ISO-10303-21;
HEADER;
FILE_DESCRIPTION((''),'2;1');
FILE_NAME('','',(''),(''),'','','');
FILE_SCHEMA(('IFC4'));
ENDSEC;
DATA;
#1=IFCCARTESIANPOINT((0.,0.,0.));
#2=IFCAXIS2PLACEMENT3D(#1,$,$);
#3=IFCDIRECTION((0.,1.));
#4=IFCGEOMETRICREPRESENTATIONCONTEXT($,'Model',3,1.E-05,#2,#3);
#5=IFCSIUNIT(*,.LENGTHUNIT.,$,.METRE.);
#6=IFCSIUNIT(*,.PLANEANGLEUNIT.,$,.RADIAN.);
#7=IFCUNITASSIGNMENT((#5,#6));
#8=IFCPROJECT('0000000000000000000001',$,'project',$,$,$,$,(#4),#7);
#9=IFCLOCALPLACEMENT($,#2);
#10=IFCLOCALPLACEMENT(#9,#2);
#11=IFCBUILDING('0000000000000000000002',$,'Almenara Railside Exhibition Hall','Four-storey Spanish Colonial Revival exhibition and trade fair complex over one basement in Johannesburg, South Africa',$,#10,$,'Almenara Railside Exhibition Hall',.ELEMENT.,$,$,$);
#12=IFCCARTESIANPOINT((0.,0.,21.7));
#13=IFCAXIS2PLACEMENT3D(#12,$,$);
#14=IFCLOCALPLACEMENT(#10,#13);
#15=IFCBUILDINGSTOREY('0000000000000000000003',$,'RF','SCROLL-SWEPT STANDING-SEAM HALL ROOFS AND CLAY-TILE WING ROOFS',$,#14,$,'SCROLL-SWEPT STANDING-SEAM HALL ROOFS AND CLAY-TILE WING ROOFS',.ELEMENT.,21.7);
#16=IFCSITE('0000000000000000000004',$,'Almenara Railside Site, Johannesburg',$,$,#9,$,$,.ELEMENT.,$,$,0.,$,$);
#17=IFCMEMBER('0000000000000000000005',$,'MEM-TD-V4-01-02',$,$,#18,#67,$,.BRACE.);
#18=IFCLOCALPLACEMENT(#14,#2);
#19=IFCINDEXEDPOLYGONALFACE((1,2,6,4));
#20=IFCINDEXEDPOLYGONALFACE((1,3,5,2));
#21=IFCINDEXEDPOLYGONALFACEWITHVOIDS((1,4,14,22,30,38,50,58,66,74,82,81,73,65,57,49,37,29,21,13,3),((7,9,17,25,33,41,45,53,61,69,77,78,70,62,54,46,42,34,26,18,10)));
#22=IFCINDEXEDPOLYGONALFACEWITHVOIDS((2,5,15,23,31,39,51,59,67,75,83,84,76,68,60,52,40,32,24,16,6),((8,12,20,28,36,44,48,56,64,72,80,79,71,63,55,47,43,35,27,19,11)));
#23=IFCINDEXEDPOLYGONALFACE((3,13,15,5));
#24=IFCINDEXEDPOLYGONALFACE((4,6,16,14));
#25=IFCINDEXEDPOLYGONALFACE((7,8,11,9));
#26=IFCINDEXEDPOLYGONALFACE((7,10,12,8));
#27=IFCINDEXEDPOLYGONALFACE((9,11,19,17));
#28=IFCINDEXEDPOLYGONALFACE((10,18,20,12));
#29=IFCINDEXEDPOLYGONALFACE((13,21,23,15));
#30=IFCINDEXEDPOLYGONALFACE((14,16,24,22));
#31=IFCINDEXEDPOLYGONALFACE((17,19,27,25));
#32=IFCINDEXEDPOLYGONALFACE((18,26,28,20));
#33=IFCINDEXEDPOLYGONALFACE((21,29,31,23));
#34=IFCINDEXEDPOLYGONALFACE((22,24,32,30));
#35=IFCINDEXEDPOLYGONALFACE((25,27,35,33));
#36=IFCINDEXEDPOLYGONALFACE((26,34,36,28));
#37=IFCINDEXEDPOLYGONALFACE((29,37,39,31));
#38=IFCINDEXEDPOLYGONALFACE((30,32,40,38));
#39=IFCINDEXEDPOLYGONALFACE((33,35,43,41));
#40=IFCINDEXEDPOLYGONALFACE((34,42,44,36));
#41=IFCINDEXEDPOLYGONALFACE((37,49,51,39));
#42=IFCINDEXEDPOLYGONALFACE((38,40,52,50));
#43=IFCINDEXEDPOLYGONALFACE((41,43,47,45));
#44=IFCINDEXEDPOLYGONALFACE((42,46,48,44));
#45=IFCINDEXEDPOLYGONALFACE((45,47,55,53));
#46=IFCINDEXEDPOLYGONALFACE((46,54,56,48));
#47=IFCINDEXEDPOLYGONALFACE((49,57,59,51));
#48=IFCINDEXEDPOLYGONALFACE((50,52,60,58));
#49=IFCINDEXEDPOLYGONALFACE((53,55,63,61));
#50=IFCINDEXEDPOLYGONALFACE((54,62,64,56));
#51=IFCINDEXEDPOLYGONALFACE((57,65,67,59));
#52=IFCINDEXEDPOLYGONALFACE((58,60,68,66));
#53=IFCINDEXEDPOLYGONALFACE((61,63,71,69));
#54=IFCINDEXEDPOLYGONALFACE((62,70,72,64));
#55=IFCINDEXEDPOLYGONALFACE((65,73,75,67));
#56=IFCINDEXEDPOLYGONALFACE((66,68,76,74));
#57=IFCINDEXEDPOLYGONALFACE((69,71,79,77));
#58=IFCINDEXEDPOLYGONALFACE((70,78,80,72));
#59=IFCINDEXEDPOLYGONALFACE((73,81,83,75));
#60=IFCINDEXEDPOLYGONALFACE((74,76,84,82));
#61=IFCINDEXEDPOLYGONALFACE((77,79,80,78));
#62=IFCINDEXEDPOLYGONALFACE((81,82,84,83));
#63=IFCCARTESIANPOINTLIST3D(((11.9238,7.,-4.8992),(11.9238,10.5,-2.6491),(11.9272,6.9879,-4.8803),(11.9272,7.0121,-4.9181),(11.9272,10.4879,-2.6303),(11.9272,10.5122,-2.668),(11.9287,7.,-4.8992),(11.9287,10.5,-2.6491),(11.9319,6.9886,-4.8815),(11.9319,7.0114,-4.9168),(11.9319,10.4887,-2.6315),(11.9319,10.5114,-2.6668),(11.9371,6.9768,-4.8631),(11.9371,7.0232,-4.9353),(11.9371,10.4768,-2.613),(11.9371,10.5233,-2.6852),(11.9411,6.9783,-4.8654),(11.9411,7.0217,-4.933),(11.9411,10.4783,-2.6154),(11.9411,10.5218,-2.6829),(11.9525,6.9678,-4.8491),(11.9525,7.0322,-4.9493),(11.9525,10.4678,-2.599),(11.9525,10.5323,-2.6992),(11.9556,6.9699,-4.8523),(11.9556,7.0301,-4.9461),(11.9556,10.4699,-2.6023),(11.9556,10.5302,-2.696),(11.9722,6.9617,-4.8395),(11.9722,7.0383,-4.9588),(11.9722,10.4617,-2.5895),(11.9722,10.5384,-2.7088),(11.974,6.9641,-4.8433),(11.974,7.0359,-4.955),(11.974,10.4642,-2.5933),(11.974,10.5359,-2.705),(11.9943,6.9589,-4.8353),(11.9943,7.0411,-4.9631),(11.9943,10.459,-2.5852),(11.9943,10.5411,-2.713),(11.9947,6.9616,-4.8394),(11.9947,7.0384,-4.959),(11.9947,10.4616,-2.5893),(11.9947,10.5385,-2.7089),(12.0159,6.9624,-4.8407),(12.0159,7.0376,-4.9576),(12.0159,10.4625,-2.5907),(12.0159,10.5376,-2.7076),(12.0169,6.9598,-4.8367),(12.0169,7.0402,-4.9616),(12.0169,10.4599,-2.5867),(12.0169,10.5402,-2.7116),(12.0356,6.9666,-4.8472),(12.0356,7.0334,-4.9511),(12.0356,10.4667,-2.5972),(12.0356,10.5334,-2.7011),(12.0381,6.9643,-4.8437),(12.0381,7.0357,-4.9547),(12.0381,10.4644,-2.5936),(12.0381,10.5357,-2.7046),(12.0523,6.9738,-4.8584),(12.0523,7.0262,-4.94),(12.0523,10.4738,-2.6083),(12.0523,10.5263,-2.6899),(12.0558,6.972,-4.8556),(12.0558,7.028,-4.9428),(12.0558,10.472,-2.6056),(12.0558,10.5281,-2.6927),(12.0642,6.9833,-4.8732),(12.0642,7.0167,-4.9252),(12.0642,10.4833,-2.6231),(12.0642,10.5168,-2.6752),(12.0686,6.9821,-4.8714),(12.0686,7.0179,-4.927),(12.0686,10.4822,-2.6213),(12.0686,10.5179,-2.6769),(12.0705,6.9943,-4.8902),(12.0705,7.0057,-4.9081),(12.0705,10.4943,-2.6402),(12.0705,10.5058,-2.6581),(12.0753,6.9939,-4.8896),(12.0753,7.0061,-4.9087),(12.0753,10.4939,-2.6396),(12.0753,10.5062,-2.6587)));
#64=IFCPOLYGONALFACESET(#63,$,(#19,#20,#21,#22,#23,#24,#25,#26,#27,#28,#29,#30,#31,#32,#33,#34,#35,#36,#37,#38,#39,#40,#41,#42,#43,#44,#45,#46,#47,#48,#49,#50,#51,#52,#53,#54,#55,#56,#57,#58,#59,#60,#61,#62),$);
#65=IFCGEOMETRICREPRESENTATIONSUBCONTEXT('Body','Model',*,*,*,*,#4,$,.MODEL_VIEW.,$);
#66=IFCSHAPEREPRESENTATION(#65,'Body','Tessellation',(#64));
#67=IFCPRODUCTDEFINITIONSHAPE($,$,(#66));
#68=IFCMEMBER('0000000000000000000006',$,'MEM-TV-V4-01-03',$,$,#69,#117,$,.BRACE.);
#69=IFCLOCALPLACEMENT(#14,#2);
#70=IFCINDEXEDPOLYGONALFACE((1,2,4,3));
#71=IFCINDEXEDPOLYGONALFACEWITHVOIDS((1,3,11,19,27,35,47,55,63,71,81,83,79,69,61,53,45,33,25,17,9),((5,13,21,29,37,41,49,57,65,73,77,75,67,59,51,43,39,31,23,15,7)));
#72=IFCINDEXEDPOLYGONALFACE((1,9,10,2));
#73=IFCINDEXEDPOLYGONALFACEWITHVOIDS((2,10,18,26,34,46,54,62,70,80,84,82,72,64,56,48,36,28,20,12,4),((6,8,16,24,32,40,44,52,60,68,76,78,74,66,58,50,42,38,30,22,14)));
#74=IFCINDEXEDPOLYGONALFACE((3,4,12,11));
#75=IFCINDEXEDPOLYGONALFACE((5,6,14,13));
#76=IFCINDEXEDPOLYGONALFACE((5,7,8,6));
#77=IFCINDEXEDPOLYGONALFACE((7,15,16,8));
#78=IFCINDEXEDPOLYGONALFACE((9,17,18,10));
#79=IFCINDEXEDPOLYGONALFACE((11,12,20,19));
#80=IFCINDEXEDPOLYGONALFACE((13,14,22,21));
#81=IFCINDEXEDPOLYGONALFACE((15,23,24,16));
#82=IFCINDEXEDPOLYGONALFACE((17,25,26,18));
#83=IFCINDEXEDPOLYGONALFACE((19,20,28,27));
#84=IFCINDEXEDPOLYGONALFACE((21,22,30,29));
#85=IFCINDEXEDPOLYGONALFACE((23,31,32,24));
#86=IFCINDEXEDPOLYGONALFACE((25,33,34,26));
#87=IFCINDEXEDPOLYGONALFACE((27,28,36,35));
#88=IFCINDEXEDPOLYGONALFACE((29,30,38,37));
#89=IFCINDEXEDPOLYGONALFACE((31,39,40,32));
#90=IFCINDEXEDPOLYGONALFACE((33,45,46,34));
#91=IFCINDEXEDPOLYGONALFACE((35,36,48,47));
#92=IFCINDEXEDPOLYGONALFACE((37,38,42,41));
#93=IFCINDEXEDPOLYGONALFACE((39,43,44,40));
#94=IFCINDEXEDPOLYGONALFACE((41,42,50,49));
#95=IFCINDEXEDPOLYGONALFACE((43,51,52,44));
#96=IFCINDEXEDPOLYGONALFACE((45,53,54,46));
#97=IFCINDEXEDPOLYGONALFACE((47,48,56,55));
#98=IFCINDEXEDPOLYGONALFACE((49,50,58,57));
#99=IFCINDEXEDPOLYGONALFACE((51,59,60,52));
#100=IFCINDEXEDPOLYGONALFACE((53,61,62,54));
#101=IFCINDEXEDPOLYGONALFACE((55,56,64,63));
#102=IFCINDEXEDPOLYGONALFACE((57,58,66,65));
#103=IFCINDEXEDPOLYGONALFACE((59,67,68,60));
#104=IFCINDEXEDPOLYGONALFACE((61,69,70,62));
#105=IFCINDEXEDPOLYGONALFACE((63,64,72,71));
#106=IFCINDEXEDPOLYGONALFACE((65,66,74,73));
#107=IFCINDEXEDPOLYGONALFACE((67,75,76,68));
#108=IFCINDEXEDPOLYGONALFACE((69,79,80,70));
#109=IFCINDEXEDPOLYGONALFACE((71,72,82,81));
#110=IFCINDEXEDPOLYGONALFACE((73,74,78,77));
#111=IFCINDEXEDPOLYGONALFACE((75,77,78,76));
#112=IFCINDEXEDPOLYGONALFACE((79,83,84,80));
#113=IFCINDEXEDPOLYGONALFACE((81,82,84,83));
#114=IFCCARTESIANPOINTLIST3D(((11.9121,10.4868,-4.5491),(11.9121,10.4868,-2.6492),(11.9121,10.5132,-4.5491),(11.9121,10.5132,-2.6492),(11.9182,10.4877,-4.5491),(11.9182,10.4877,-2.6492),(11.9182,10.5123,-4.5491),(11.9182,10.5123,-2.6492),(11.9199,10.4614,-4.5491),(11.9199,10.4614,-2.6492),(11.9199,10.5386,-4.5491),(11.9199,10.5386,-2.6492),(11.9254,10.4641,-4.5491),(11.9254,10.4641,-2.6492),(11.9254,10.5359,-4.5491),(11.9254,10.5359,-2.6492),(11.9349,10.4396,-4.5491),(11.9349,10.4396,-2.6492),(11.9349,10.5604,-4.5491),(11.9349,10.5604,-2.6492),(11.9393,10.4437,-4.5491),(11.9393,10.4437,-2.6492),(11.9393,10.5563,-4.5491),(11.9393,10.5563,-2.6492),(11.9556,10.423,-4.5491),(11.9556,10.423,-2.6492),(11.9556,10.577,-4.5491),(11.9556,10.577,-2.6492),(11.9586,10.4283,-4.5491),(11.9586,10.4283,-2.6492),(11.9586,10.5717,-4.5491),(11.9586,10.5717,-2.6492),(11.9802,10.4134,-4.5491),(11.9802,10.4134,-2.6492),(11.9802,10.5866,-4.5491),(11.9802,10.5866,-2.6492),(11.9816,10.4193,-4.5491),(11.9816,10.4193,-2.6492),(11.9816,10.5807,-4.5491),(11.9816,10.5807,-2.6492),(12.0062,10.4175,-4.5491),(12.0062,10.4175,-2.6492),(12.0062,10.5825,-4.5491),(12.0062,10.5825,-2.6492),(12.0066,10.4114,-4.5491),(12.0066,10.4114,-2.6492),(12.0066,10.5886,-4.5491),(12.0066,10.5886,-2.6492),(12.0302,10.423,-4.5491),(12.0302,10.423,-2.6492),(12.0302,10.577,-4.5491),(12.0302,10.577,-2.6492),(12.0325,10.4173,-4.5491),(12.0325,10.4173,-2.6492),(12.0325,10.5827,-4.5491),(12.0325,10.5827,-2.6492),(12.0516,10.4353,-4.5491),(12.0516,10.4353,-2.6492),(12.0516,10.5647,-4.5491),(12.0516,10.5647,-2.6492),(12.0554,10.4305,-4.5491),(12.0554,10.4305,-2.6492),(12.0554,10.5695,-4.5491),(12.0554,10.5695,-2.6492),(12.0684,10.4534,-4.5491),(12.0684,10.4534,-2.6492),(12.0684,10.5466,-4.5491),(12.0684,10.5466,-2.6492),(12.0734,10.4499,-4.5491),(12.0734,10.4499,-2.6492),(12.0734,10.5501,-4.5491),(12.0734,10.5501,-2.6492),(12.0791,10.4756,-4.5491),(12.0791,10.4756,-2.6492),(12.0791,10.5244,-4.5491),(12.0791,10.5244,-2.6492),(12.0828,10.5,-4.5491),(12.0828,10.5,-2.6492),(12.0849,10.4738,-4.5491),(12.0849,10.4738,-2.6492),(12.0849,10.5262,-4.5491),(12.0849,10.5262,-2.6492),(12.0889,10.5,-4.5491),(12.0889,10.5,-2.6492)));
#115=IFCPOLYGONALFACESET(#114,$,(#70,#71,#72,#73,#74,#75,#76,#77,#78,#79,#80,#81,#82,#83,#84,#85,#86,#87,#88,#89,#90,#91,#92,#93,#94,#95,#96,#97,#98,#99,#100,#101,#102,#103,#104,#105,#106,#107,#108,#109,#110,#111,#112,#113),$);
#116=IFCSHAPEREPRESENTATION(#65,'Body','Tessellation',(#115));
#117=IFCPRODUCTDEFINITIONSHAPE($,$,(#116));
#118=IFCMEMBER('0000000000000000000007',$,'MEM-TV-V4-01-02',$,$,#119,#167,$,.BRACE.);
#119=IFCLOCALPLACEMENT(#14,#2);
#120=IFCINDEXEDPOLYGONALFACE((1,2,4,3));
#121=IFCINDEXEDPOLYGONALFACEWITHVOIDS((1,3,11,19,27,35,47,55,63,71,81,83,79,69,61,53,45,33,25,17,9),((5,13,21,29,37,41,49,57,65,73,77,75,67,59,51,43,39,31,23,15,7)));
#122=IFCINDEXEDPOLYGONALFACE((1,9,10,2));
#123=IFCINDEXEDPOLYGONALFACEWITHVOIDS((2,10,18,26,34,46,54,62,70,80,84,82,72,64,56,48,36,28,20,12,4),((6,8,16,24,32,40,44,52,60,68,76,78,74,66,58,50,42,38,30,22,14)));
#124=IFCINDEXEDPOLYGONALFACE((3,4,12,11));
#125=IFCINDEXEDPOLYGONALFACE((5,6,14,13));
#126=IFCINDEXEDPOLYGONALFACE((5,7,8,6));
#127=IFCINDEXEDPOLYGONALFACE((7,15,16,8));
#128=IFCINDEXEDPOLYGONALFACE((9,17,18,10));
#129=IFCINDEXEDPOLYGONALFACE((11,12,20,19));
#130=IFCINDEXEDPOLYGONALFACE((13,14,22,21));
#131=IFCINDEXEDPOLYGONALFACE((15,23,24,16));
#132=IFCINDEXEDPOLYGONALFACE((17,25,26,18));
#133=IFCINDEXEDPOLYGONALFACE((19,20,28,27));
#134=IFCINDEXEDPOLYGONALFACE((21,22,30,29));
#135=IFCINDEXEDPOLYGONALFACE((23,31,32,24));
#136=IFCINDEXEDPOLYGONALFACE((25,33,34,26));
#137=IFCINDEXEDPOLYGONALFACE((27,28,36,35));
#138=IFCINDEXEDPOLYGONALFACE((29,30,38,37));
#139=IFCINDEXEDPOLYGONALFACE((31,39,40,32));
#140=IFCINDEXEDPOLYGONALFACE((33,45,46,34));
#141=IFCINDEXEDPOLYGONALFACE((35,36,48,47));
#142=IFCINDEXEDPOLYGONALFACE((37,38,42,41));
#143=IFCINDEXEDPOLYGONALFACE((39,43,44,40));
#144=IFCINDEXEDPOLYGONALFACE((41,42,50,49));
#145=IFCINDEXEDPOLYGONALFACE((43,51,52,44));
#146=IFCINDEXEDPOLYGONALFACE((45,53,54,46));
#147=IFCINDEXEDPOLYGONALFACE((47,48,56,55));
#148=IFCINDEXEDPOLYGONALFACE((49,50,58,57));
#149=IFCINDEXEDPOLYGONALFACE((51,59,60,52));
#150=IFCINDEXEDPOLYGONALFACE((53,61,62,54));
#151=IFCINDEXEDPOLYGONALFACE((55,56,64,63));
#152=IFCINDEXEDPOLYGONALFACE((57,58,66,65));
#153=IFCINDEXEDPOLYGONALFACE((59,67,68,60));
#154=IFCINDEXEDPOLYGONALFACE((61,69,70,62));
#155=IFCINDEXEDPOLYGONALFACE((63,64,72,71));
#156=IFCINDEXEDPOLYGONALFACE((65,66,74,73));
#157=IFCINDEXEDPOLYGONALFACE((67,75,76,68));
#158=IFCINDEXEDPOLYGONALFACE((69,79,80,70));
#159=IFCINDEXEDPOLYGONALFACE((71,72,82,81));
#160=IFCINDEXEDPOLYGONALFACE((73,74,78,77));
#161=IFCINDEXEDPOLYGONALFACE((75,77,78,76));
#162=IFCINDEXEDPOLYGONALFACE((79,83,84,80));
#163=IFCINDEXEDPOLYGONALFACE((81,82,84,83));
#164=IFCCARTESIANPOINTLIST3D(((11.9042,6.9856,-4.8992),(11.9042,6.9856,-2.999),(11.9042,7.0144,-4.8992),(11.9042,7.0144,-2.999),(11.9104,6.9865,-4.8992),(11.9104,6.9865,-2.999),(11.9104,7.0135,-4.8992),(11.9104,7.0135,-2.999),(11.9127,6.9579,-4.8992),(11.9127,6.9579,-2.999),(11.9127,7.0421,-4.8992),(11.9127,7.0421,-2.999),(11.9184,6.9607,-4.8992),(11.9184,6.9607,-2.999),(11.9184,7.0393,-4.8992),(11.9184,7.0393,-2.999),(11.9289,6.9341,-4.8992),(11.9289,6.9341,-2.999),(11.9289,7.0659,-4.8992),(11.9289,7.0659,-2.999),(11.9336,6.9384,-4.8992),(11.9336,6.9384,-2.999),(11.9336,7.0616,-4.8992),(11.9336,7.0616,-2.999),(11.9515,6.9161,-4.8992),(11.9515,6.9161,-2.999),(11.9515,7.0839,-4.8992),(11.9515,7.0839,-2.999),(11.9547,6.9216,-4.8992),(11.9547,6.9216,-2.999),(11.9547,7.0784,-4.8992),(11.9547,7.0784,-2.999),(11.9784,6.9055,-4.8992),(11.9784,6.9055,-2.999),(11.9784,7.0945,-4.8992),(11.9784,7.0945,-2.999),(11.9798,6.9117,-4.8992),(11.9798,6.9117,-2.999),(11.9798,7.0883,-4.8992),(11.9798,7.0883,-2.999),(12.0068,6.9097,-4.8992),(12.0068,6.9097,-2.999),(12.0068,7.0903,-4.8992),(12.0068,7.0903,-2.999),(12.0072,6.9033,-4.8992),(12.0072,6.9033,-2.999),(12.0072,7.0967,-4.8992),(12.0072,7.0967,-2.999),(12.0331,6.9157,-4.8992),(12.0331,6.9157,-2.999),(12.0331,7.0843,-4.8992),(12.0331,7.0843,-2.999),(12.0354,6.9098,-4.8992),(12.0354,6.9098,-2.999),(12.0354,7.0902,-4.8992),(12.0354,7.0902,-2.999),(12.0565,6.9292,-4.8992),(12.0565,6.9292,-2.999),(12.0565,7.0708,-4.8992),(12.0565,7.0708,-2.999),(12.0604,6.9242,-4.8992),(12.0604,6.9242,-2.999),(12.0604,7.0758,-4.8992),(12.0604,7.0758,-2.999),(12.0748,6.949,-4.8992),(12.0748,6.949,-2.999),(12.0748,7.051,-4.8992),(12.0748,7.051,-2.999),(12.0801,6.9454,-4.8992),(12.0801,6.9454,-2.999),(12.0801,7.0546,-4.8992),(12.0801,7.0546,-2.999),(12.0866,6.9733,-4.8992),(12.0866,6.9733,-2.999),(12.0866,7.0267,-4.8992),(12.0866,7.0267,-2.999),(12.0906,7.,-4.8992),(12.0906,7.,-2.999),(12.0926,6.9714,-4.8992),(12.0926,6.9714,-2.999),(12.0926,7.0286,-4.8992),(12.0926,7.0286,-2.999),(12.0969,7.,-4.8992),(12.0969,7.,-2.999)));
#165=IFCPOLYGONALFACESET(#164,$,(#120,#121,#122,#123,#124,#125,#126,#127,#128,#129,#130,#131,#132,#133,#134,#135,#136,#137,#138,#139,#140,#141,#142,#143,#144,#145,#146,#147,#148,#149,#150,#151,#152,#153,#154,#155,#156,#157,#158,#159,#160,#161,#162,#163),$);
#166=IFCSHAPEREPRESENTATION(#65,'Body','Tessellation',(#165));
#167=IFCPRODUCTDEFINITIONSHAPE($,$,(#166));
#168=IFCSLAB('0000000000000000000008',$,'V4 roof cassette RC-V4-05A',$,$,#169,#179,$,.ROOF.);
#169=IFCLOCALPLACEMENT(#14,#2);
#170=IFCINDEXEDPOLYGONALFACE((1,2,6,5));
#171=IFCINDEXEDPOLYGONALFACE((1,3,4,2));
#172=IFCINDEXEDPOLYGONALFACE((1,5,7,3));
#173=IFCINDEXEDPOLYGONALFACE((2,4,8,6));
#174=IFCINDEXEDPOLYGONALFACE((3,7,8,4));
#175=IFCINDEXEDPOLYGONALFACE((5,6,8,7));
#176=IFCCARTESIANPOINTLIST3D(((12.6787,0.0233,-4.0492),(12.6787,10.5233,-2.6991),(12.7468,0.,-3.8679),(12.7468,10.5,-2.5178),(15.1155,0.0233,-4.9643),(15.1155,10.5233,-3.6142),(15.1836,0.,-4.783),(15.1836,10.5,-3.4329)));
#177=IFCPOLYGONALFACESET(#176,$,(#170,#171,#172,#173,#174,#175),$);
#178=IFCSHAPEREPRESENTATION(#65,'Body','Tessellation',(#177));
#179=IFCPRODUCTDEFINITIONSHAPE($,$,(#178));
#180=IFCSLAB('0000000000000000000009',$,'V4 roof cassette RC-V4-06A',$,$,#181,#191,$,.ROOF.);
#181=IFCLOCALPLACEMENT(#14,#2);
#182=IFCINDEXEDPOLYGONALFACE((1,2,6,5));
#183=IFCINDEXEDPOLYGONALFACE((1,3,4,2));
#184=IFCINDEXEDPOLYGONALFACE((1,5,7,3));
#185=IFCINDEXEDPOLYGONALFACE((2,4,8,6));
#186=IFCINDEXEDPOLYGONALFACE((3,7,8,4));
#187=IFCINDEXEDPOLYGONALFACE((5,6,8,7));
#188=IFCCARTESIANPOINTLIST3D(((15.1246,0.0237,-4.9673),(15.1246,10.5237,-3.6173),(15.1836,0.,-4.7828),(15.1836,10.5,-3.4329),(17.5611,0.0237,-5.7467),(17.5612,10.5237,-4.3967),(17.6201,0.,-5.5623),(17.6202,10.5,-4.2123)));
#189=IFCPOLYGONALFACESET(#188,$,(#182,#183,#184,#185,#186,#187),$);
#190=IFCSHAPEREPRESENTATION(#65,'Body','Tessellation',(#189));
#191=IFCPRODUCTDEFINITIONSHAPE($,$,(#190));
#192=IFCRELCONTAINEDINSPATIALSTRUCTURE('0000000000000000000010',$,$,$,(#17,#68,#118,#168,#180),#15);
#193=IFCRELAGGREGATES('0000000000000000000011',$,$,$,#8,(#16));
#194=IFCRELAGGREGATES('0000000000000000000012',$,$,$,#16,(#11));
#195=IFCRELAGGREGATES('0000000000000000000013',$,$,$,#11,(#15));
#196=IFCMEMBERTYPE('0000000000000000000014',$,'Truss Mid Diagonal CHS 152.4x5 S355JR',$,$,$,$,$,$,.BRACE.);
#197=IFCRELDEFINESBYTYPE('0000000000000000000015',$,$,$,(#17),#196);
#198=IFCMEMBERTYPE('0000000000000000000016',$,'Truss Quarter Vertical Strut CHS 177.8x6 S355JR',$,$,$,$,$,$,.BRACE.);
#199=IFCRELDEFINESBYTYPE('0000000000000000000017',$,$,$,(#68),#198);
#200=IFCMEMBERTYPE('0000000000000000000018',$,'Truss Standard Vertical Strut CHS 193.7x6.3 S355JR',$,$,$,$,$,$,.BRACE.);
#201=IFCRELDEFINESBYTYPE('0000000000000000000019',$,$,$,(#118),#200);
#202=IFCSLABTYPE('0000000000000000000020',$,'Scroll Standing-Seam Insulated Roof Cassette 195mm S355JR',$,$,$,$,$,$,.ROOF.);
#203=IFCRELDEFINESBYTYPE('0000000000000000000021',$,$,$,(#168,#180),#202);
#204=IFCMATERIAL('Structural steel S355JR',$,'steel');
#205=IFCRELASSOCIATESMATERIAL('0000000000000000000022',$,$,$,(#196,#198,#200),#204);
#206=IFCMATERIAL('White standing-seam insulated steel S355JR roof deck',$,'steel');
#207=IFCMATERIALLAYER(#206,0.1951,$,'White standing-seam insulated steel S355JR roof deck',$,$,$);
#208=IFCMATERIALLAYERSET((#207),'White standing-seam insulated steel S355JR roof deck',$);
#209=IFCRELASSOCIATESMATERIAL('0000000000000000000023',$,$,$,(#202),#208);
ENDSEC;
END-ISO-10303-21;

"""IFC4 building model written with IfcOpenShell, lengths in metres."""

from ifc_helpers import new_model, si_unit, direction, frame, origin, origin_2d, place, context, subcontext, project, spatial, polyline, hollow_circle, outline, extrude, material, layer, layer_set, material_profile, profile_set, type_object, element, save


model = new_model("IFC4")

# Units and contexts
model_context = context("Model", 3, precision=1e-05, world=origin(), true_north=direction((0.0, 1.0)))
body_context = subcontext(model_context, "Body", "Model", "MODEL_VIEW")
ifc_project = project(units=[si_unit("LENGTHUNIT", "METRE"), si_unit("PLANEANGLEUNIT", "RADIAN")], contexts=[model_context])

# Site, building, storey
site_placement = place(None, origin())
site = spatial("IfcSite", under=ifc_project, at=site_placement, Name="Almenara Railside Site, Johannesburg", CompositionType="ELEMENT", RefElevation=0.0)
building_placement = place(site_placement, origin())
building = spatial("IfcBuilding", under=site, at=building_placement, Name="Almenara Railside Exhibition Hall", Description="Four-storey Spanish Colonial Revival exhibition and trade fair complex over one basement in Johannesburg, South Africa", LongName="Almenara Railside Exhibition Hall", CompositionType="ELEMENT")
storey_placement = place(building_placement, frame((0.0, 0.0, 21.7)))
storey = spatial("IfcBuildingStorey", under=building, at=storey_placement, Name="RF", Description="SCROLL-SWEPT STANDING-SEAM HALL ROOFS AND CLAY-TILE WING ROOFS", LongName="SCROLL-SWEPT STANDING-SEAM HALL ROOFS AND CLAY-TILE WING ROOFS", CompositionType="ELEMENT", Elevation=21.7)

# Shared definitions
ifc_material_1 = material(Name="Structural steel S355JR", Category="steel")

# Members
ifc_material_profile_1 = material_profile(ifc_material_1, hollow_circle(Radius=0.0762, WallThickness=0.0049, at=origin_2d()), Name="CHS 152.4x5")
ifc_profile_set_1 = profile_set([ifc_material_profile_1], Name="Structural steel S355JR")
member_type_1 = type_object("IfcMemberType", Name="Truss Mid Diagonal CHS 152.4x5 S355JR", PredefinedType="BRACE", material=ifc_profile_set_1)
member_1_placement = place(storey_placement, frame((12.0, 7.0, -4.8992), z_axis=(0.0, 0.841178, 0.540758), x_axis=(-1.0, 0.0, 0.0)))
element("IfcMember", 1, at=member_1_placement, inside=storey, type_object=member_type_1, Name="MEM-TD-V4-01-02", PredefinedType="BRACE", context=body_context, shape_type="SweptSolid", body=[
    extrude(hollow_circle(Radius=0.0762, WallThickness=0.0049, at=origin_2d()), origin(), (0.0, 0.0, 1.0), 4.1609),
])
ifc_material_profile_2 = material_profile(ifc_material_1, hollow_circle(Radius=0.0889, WallThickness=0.0061, at=origin_2d()), Name="CHS 177.8x6")
ifc_profile_set_2 = profile_set([ifc_material_profile_2], Name="Structural steel S355JR")
member_type_2 = type_object("IfcMemberType", Name="Truss Quarter Vertical Strut CHS 177.8x6 S355JR", PredefinedType="BRACE", material=ifc_profile_set_2)
member_2_placement = place(storey_placement, frame((12.0, 10.5, -4.5491), z_axis=(0.0, 0.0, 1.0), x_axis=(1.0, 0.0, 0.0)))
element("IfcMember", 2, at=member_2_placement, inside=storey, type_object=member_type_2, Name="MEM-TV-V4-01-03", PredefinedType="BRACE", context=body_context, shape_type="SweptSolid", body=[
    extrude(hollow_circle(Radius=0.0889, WallThickness=0.0061, at=origin_2d()), origin(), (0.0, 0.0, 1.0), 1.8999),
])
ifc_material_profile_3 = material_profile(ifc_material_1, hollow_circle(Radius=0.0969, WallThickness=0.0063, at=origin_2d()), Name="CHS 193.7x6.3")
ifc_profile_set_3 = profile_set([ifc_material_profile_3], Name="Structural steel S355JR")
member_type_3 = type_object("IfcMemberType", Name="Truss Standard Vertical Strut CHS 193.7x6.3 S355JR", PredefinedType="BRACE", material=ifc_profile_set_3)
member_3_placement = place(storey_placement, frame((12.0, 7.0, -4.8992), z_axis=(0.0, 0.0, 1.0), x_axis=(1.0, 0.0, 0.0)))
element("IfcMember", 3, at=member_3_placement, inside=storey, type_object=member_type_3, Name="MEM-TV-V4-01-02", PredefinedType="BRACE", context=body_context, shape_type="SweptSolid", body=[
    extrude(hollow_circle(Radius=0.0969, WallThickness=0.0063, at=origin_2d()), origin(), (0.0, 0.0, 1.0), 1.9001),
])

# Slabs
ifc_material_2 = material(Name="White standing-seam insulated steel S355JR roof deck", Category="steel")
ifc_layer_1 = layer(ifc_material_2, 0.1951, Name="White standing-seam insulated steel S355JR roof deck")
ifc_layer_set_1 = layer_set([ifc_layer_1], Name="White standing-seam insulated steel S355JR roof deck")
slab_type = type_object("IfcSlabType", Name="Scroll Standing-Seam Insulated Roof Cassette 195mm S355JR", PredefinedType="ROOF", material=ifc_layer_set_1)
slab_1_placement = place(storey_placement, frame((12.7468, 10.5, -2.5178), z_axis=(0.349025, -0.119511, 0.929461), x_axis=(0.936171, 0.0, -0.351545)))
element("IfcSlab", 4, at=slab_1_placement, inside=storey, type_object=slab_type, Name="V4 roof cassette RC-V4-05A", PredefinedType="ROOF", context=body_context, shape_type="SweptSolid", body=[
    extrude(outline(polyline([(0.0, 0.0), (2.6029, 0.0), (3.0775, -10.5758), (0.4746, -10.5758), (0.0, 0.0)])), origin(), (0.0, 0.0, -1.0), 0.1951),
])
slab_2_placement = place(storey_placement, frame((15.1836, 10.5, -3.4329), z_axis=(0.302421, -0.121548, 0.945393), x_axis=(0.952454, -0.000005, -0.304681)))
element("IfcSlab", 5, at=slab_2_placement, inside=storey, type_object=slab_type, Name="V4 roof cassette RC-V4-06A", PredefinedType="ROOF", context=body_context, shape_type="SweptSolid", body=[
    extrude(outline(polyline([(0.0, 0.0), (2.5582, 0.0), (2.9695, -10.5784), (0.4114, -10.5784), (0.0, 0.0)])), origin(), (0.0, 0.0, -1.0), 0.1951),
])

save(model, "model.ifc")
